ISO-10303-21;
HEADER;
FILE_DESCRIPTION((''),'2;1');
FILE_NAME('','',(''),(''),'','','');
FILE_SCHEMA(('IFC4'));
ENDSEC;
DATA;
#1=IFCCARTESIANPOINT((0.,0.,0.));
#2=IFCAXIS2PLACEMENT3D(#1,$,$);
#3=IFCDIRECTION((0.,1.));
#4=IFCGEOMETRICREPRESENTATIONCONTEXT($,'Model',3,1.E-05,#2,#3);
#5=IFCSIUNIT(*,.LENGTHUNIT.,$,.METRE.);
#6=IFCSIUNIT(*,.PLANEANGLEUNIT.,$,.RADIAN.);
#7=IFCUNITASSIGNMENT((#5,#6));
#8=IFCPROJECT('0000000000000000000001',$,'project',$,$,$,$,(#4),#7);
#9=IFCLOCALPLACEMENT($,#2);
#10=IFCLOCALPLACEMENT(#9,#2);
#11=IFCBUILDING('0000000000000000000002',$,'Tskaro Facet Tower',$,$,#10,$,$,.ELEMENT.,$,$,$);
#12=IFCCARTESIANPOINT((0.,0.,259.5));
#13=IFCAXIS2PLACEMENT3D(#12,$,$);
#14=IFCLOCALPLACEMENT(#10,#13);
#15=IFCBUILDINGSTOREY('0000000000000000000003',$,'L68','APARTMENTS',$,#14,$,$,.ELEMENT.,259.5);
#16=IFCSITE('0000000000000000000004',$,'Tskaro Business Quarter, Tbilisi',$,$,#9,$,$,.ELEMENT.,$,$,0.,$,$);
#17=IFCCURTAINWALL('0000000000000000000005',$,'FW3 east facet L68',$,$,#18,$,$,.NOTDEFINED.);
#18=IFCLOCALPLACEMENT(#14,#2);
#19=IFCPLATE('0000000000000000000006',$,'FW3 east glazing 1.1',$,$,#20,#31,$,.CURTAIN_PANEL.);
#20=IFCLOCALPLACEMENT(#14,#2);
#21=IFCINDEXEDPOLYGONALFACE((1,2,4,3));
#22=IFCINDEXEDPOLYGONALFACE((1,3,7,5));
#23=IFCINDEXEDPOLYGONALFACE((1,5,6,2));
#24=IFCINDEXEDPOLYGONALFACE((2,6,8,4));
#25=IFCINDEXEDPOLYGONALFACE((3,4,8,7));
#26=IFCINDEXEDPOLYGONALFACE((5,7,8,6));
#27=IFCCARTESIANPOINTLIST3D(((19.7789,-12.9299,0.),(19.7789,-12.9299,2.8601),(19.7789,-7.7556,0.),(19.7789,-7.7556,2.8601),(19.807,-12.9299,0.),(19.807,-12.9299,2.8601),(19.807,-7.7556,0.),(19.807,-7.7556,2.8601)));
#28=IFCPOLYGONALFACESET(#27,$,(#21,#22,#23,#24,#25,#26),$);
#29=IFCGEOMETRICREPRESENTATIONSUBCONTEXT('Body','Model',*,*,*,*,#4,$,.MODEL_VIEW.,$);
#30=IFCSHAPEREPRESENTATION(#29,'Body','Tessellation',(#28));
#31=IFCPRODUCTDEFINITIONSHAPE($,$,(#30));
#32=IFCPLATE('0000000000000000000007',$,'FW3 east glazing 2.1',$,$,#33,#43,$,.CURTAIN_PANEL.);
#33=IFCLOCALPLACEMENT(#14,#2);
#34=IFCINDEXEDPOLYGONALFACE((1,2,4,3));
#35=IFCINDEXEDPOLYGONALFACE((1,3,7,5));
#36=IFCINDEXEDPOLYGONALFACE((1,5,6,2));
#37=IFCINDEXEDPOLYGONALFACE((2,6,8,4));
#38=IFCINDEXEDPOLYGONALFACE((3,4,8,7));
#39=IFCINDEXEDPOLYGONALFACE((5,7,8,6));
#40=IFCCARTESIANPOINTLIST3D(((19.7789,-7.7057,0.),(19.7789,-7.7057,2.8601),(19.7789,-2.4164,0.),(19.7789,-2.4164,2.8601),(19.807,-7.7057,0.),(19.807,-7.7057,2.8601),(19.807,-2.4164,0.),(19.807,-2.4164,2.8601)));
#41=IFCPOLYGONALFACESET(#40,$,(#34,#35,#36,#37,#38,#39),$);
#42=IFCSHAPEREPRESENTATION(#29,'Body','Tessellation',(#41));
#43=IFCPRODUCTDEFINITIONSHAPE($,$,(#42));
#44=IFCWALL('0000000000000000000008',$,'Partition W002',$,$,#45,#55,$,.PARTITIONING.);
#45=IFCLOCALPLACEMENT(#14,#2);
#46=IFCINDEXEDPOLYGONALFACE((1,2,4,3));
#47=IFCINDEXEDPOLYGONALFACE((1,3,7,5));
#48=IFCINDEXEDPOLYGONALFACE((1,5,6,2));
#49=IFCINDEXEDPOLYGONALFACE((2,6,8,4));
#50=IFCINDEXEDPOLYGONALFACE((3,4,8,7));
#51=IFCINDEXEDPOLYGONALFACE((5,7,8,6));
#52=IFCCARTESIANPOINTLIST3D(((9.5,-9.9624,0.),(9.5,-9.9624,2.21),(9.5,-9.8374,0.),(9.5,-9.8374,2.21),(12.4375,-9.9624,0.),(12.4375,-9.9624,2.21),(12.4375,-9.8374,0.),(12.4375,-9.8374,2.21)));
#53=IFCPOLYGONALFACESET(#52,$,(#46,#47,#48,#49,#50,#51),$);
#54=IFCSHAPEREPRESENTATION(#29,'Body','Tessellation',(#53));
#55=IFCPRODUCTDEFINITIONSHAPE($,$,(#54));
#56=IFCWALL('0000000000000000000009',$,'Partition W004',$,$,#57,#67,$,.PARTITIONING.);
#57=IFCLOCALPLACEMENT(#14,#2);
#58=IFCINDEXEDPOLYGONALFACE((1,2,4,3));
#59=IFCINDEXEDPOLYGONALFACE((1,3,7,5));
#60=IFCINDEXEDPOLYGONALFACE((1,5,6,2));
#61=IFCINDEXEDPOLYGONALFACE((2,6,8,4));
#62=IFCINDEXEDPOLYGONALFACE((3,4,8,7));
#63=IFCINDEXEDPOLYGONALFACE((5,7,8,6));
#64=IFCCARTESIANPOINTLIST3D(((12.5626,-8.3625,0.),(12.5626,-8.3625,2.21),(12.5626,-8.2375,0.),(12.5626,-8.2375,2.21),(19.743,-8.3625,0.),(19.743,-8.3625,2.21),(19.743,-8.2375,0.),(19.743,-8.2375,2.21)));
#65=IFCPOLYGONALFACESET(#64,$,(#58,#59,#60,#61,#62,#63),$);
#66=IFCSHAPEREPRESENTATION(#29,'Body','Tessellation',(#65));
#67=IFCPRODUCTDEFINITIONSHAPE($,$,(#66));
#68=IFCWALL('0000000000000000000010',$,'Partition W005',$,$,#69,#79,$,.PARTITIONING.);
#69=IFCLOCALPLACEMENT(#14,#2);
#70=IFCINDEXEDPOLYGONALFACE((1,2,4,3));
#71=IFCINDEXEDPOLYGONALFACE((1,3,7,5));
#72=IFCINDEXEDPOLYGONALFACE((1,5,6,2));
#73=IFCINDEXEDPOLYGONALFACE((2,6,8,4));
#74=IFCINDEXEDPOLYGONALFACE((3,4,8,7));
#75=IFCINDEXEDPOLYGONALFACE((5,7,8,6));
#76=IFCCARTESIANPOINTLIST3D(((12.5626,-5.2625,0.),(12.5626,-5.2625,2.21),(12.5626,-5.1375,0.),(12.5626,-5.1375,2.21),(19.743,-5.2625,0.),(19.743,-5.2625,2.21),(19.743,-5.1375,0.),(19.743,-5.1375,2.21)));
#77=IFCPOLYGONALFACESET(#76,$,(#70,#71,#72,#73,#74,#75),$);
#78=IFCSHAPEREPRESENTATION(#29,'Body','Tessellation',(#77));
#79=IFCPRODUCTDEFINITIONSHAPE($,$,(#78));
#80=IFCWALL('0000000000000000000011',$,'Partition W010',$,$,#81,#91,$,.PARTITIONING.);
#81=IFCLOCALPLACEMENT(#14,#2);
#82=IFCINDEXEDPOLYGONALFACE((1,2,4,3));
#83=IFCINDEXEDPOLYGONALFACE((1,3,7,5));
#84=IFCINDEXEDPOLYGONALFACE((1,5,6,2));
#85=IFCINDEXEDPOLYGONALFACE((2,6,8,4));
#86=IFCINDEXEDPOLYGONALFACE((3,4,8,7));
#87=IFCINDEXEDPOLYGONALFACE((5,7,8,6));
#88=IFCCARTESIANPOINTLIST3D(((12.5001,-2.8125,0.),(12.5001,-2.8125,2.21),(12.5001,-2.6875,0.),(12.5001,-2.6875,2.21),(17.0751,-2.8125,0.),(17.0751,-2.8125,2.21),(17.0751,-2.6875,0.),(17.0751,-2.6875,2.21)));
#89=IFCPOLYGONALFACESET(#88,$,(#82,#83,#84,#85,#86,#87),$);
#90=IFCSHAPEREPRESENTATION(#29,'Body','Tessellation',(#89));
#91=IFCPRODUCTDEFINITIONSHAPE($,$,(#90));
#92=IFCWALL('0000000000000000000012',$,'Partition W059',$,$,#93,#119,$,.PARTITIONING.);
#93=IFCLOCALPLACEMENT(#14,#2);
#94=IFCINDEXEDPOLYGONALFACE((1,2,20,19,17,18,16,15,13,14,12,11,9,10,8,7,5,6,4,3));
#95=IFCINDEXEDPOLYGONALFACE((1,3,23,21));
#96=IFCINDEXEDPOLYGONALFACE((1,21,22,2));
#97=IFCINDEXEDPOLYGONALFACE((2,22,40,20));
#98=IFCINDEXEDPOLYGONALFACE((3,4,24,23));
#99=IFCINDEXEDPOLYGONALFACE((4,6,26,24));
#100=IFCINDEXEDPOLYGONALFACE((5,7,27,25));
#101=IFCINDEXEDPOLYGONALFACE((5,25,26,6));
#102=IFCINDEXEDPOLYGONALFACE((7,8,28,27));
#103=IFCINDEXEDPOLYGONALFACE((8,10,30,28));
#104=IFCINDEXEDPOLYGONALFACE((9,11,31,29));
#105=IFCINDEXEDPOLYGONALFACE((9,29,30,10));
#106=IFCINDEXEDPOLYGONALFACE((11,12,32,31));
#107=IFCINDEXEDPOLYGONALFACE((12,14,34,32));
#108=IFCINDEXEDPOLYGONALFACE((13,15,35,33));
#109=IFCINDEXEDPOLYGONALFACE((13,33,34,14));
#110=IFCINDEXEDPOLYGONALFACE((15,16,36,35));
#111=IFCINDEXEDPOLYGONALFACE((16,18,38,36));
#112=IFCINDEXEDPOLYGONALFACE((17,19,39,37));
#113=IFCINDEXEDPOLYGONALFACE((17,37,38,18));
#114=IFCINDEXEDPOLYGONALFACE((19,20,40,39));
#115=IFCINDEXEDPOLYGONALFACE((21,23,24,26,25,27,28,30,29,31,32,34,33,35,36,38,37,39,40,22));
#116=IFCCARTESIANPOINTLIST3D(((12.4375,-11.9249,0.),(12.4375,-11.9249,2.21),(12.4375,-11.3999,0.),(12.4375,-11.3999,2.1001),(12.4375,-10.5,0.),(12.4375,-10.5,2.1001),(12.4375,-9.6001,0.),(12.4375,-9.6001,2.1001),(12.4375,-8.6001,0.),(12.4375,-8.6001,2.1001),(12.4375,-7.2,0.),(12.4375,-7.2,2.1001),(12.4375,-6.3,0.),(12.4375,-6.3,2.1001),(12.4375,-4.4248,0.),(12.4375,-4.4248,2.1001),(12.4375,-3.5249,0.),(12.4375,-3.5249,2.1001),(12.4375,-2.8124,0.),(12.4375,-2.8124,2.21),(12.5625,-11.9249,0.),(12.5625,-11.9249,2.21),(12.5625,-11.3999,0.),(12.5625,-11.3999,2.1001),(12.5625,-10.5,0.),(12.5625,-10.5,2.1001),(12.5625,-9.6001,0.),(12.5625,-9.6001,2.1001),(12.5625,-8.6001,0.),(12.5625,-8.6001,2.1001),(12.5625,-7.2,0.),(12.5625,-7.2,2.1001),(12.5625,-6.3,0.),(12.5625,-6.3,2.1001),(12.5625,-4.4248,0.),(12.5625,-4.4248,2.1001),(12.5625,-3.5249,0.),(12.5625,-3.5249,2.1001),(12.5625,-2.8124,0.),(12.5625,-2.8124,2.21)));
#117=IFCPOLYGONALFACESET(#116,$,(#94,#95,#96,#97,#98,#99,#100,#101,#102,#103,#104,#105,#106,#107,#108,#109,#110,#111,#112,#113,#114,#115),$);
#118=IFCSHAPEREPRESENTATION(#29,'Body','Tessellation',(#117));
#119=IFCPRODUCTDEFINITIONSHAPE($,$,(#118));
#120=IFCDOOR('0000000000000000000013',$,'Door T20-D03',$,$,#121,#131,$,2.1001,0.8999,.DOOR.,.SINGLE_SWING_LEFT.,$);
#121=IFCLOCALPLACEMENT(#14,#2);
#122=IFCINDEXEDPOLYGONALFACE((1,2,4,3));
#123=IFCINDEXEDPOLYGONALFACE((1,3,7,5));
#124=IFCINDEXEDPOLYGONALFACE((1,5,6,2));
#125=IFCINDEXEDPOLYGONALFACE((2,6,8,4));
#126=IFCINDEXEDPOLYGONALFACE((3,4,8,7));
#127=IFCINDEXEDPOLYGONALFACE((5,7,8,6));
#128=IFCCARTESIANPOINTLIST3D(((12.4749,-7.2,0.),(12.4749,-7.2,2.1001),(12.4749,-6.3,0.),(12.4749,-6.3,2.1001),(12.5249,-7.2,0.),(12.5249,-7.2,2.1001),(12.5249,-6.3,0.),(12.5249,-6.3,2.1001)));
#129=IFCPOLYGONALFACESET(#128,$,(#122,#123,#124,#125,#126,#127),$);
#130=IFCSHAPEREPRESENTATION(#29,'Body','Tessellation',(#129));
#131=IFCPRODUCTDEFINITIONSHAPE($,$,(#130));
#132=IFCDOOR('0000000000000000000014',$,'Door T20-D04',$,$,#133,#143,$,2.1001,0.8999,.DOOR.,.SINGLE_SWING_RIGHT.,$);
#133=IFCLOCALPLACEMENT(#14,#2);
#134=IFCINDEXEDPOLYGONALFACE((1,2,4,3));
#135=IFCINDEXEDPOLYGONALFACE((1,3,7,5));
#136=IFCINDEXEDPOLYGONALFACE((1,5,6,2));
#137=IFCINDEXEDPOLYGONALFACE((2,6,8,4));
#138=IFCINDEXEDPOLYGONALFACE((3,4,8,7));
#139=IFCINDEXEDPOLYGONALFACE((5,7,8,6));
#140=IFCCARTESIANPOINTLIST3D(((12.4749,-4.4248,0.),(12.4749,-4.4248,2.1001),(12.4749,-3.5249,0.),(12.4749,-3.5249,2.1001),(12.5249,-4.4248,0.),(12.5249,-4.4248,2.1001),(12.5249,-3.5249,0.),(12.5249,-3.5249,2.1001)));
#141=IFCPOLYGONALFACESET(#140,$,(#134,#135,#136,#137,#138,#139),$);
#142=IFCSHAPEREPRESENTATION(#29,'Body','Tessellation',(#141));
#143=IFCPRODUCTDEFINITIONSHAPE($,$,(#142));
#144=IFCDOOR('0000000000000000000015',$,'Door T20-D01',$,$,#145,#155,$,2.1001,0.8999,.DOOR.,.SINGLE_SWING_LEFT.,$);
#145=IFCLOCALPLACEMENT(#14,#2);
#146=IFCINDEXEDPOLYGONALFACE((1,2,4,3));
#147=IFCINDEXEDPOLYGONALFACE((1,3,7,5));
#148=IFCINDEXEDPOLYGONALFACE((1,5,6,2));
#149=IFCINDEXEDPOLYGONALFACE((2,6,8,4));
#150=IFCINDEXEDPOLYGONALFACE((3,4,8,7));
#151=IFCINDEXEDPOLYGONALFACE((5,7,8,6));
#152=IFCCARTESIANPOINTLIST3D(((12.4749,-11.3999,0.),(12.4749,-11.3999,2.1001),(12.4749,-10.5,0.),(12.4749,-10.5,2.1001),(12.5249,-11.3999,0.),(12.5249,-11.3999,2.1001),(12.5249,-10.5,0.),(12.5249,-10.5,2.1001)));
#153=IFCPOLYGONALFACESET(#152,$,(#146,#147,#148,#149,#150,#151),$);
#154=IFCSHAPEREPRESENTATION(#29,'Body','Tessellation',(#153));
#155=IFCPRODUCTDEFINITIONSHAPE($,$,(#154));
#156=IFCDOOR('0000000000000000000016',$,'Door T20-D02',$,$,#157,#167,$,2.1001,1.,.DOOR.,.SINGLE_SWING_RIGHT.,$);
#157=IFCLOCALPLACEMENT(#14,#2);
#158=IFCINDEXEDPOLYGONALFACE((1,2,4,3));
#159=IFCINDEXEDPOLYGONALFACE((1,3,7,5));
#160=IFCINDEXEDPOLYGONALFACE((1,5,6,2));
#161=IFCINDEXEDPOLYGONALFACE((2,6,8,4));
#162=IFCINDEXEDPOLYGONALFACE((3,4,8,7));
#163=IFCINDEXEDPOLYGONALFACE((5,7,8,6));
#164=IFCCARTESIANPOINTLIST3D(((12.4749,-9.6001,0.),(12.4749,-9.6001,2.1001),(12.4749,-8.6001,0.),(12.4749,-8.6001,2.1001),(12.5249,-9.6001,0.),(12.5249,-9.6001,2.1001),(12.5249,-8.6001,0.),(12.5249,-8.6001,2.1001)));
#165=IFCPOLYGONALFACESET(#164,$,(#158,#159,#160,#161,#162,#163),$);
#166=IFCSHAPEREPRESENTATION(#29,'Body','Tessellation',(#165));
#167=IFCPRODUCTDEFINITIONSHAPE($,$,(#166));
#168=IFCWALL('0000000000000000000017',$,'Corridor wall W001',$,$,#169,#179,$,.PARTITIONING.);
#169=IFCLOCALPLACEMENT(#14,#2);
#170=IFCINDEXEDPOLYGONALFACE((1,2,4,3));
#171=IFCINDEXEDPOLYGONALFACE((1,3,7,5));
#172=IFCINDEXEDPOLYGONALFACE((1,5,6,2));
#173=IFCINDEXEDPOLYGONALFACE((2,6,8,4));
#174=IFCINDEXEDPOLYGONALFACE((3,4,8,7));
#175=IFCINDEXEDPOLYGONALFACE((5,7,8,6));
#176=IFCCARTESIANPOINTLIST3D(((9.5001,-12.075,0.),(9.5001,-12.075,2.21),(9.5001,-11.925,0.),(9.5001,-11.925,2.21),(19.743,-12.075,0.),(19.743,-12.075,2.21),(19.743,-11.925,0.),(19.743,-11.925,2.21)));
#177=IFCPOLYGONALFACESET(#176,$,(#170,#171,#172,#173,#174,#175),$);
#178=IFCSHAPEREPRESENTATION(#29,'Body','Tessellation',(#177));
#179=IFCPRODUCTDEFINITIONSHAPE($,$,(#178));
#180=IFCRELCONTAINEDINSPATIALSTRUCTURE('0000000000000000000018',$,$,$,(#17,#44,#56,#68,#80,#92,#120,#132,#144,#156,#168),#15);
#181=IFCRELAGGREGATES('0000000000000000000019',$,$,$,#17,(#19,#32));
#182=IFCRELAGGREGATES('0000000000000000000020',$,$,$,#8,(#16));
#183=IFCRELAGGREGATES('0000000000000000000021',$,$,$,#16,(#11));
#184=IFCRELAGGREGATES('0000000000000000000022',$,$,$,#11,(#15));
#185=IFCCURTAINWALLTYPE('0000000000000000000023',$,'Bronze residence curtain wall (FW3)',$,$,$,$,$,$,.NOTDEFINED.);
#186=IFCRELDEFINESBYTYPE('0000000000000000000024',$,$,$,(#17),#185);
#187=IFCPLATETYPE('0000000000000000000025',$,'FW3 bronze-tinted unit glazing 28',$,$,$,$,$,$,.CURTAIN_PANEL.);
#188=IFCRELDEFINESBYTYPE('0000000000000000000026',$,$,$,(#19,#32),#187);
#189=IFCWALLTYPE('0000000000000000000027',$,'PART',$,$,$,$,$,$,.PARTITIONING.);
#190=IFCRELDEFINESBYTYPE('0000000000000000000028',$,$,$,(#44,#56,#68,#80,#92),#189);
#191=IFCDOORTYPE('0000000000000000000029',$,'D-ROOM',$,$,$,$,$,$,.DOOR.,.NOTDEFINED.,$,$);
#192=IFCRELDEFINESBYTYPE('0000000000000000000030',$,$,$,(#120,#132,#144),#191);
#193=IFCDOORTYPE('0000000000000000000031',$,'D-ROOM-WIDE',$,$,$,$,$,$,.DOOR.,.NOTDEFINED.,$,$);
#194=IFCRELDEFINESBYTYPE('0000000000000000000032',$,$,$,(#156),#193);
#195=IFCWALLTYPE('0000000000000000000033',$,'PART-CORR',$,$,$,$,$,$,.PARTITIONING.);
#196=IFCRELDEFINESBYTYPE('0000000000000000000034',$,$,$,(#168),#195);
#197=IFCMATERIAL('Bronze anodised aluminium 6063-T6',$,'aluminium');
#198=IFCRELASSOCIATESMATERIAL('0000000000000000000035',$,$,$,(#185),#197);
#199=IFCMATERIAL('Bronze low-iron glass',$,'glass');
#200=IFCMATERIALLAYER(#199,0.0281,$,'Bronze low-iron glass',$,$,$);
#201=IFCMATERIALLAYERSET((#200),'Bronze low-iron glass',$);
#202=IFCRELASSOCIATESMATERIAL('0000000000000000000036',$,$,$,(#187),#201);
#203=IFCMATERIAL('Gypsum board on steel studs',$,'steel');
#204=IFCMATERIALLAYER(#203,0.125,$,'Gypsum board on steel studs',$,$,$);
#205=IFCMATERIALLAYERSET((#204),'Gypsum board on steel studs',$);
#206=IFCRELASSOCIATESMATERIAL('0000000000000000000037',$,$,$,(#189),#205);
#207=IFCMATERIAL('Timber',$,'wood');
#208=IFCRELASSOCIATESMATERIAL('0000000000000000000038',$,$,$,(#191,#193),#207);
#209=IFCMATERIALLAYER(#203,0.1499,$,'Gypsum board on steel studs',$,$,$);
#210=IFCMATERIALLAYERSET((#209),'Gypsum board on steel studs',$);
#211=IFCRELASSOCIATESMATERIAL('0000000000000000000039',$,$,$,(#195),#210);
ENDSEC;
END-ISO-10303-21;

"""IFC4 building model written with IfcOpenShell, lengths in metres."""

from ifc_helpers import new_model, si_unit, direction, frame, frame_2d, origin, origin_2d, place, context, subcontext, project, spatial, rectangle, extrude, material, layer, layer_set, type_object, element, fill, aggregate, save


model = new_model("IFC4")

# Units and contexts
model_context = context("Model", 3, precision=1e-05, world=origin(), true_north=direction((0.0, 1.0)))
body_context = subcontext(model_context, "Body", "Model", "MODEL_VIEW")
ifc_project = project(units=[si_unit("LENGTHUNIT", "METRE"), si_unit("PLANEANGLEUNIT", "RADIAN")], contexts=[model_context])

# Site, building, storey
site_placement = place(None, origin())
site = spatial("IfcSite", under=ifc_project, at=site_placement, Name="Tskaro Business Quarter, Tbilisi", CompositionType="ELEMENT", RefElevation=0.0)
building_placement = place(site_placement, origin())
building = spatial("IfcBuilding", under=site, at=building_placement, Name="Tskaro Facet Tower", CompositionType="ELEMENT")
storey_placement = place(building_placement, frame((0.0, 0.0, 259.5)))
storey = spatial("IfcBuildingStorey", under=building, at=storey_placement, Name="L68", Description="APARTMENTS", CompositionType="ELEMENT", Elevation=259.5)

# Curtain wall
ifc_material_1 = material(Name="Bronze anodised aluminium 6063-T6", Category="aluminium")
curtain_wall_type = type_object("IfcCurtainWallType", Name="Bronze residence curtain wall (FW3)", PredefinedType="NOTDEFINED", material=ifc_material_1)
curtain_wall_1_placement = place(storey_placement, origin())
curtain_wall_1 = element("IfcCurtainWall", 1, at=curtain_wall_1_placement, inside=storey, type_object=curtain_wall_type, Name="FW3 east facet L68", PredefinedType="NOTDEFINED")

# Plates
ifc_material_2 = material(Name="Bronze low-iron glass", Category="glass")
ifc_layer_1 = layer(ifc_material_2, 0.0281, Name="Bronze low-iron glass")
ifc_layer_set_1 = layer_set([ifc_layer_1], Name="Bronze low-iron glass")
plate_type = type_object("IfcPlateType", Name="FW3 bronze-tinted unit glazing 28", PredefinedType="CURTAIN_PANEL", material=ifc_layer_set_1)
plate_1_placement = place(storey_placement, frame((19.793, -10.3428, 0.0), z_axis=(0.0, 0.0, 1.0), x_axis=(0.0, 1.0, 0.0)))
plate_1 = element("IfcPlate", 2, at=plate_1_placement, type_object=plate_type, Name="FW3 east glazing 1.1", PredefinedType="CURTAIN_PANEL", context=body_context, shape_type="SweptSolid", body=[
    extrude(rectangle(XDim=5.1743, YDim=0.0281, at=origin_2d()), origin(), (0.0, 0.0, 1.0), 2.8601),
])
plate_2_placement = place(storey_placement, frame((19.793, -5.061, 0.0), z_axis=(0.0, 0.0, 1.0), x_axis=(0.0, 1.0, 0.0)))
plate_2 = element("IfcPlate", 3, at=plate_2_placement, type_object=plate_type, Name="FW3 east glazing 2.1", PredefinedType="CURTAIN_PANEL", context=body_context, shape_type="SweptSolid", body=[
    extrude(rectangle(XDim=5.2893, YDim=0.0281, at=origin_2d()), origin(), (0.0, 0.0, 1.0), 2.8601),
])
aggregate(curtain_wall_1, [plate_1, plate_2])

# Walls
ifc_material_3 = material(Name="Gypsum board on steel studs", Category="steel")
ifc_layer_2 = layer(ifc_material_3, 0.125, Name="Gypsum board on steel studs")
ifc_layer_set_2 = layer_set([ifc_layer_2], Name="Gypsum board on steel studs")
wall_type_1 = type_object("IfcWallType", Name="PART", PredefinedType="PARTITIONING", material=ifc_layer_set_2)
wall_1_placement = place(storey_placement, frame((9.5, -9.8999, 0.0), z_axis=(0.0, 0.0, 1.0), x_axis=(1.0, 0.0, 0.0)))
element("IfcWall", 4, at=wall_1_placement, inside=storey, type_object=wall_type_1, Name="Partition W002", PredefinedType="PARTITIONING", context=body_context, shape_type="SweptSolid", body=[
    extrude(rectangle(XDim=2.9375, YDim=0.125, at=frame_2d((1.4688, 0.0))), origin(), (0.0, 0.0, 1.0), 2.21),
])
for number, where, z_axis, x_axis, name in (
    (5, (12.5625, -8.3, 0.0), (0.0, 0.0, 1.0), (1.0, 0.0, 0.0), "Partition W004"),
    (6, (12.5625, -5.2, 0.0), (0.0, 0.0, 1.0), (1.0, 0.0, 0.0), "Partition W005"),
):
    element("IfcWall", number, at=place(storey_placement, frame(where, z_axis=z_axis, x_axis=x_axis)), inside=storey, type_object=wall_type_1, Name=name, PredefinedType="PARTITIONING", context=body_context, shape_type="SweptSolid", body=[
        extrude(rectangle(XDim=7.1804, YDim=0.125, at=frame_2d((3.5903, 0.0))), origin(), (0.0, 0.0, 1.0), 2.21),
    ])
wall_2_placement = place(storey_placement, frame((12.5, -2.75, 0.0), z_axis=(0.0, 0.0, 1.0), x_axis=(1.0, 0.0, 0.0)))
element("IfcWall", 7, at=wall_2_placement, inside=storey, type_object=wall_type_1, Name="Partition W010", PredefinedType="PARTITIONING", context=body_context, shape_type="SweptSolid", body=[
    extrude(rectangle(XDim=4.575, YDim=0.125, at=frame_2d((2.2876, 0.0))), origin(), (0.0, 0.0, 1.0), 2.21),
])

# Wall, openings, doors
wall_3_placement = place(storey_placement, frame((12.5, -2.8125, 0.0), z_axis=(0.0, 0.0, 1.0), x_axis=(0.0, -1.0, 0.0)))
wall_3 = element("IfcWall", 8, at=wall_3_placement, inside=storey, type_object=wall_type_1, Name="Partition W059", PredefinedType="PARTITIONING", context=body_context, shape_type="SweptSolid", body=[
    extrude(rectangle(XDim=9.1125, YDim=0.125, at=frame_2d((4.5562, 0.0))), origin(), (0.0, 0.0, 1.0), 2.21),
])
opening_1_placement = place(wall_3_placement, frame((3.4875, 0.0, 0.0)))
opening_1 = element("IfcOpeningElement", 9, at=opening_1_placement, cuts=wall_3, PredefinedType="OPENING", context=body_context, shape_type="SweptSolid", body=[
    extrude(rectangle(XDim=0.8999, YDim=2.1001, at=frame_2d((0.45, 1.05))), frame((0.0, 0.0725, 0.0), z_axis=(0.0, -1.0, 0.0), x_axis=(1.0, 0.0, 0.0)), (0.0, 0.0, 1.0), 0.145),
])
opening_2_placement = place(wall_3_placement, frame((0.7124, 0.0, 0.0)))
opening_2 = element("IfcOpeningElement", 10, at=opening_2_placement, cuts=wall_3, PredefinedType="OPENING", context=body_context, shape_type="SweptSolid", body=[
    extrude(rectangle(XDim=0.8999, YDim=2.1001, at=frame_2d((0.45, 1.05))), frame((0.0, 0.0725, 0.0), z_axis=(0.0, -1.0, 0.0), x_axis=(1.0, 0.0, 0.0)), (0.0, 0.0, 1.0), 0.145),
])
opening_3_placement = place(wall_3_placement, frame((5.7876, 0.0, 0.0)))
opening_3 = element("IfcOpeningElement", 11, at=opening_3_placement, cuts=wall_3, PredefinedType="OPENING", context=body_context, shape_type="SweptSolid", body=[
    extrude(rectangle(XDim=1.0, YDim=2.1001, at=frame_2d((0.5, 1.05))), frame((0.0, 0.0725, 0.0), z_axis=(0.0, -1.0, 0.0), x_axis=(1.0, 0.0, 0.0)), (0.0, 0.0, 1.0), 0.145),
])
opening_4_placement = place(wall_3_placement, frame((7.6875, 0.0, 0.0)))
opening_4 = element("IfcOpeningElement", 12, at=opening_4_placement, cuts=wall_3, PredefinedType="OPENING", context=body_context, shape_type="SweptSolid", body=[
    extrude(rectangle(XDim=0.8999, YDim=2.1001, at=frame_2d((0.45, 1.05))), frame((0.0, 0.0725, 0.0), z_axis=(0.0, -1.0, 0.0), x_axis=(1.0, 0.0, 0.0)), (0.0, 0.0, 1.0), 0.145),
])
ifc_material_4 = material(Name="Timber", Category="wood")
door_type_1 = type_object("IfcDoorType", Name="D-ROOM", OperationType="NOTDEFINED", PredefinedType="DOOR", material=ifc_material_4)
door_1_placement = place(opening_1_placement, origin())
door_1 = element("IfcDoor", 13, at=door_1_placement, inside=storey, type_object=door_type_1, Name="Door T20-D03", OperationType="SINGLE_SWING_LEFT", OverallHeight=2.1001, OverallWidth=0.8999, PredefinedType="DOOR", context=body_context, shape_type="SweptSolid", body=[
    extrude(rectangle(XDim=0.8999, YDim=2.1001, at=frame_2d((0.45, 1.05))), frame((0.0, 0.0249, 0.0), z_axis=(0.0, -1.0, 0.0), x_axis=(1.0, 0.0, 0.0)), (0.0, 0.0, 1.0), 0.05),
])
fill(opening_1, door_1)
door_2_placement = place(opening_2_placement, origin())
door_2 = element("IfcDoor", 14, at=door_2_placement, inside=storey, type_object=door_type_1, Name="Door T20-D04", OperationType="SINGLE_SWING_RIGHT", OverallHeight=2.1001, OverallWidth=0.8999, PredefinedType="DOOR", context=body_context, shape_type="SweptSolid", body=[
    extrude(rectangle(XDim=0.8999, YDim=2.1001, at=frame_2d((0.45, 1.05))), frame((0.0, 0.0249, 0.0), z_axis=(0.0, -1.0, 0.0), x_axis=(1.0, 0.0, 0.0)), (0.0, 0.0, 1.0), 0.05),
])
fill(opening_2, door_2)
door_3_placement = place(opening_4_placement, origin())
door_3 = element("IfcDoor", 15, at=door_3_placement, inside=storey, type_object=door_type_1, Name="Door T20-D01", OperationType="SINGLE_SWING_LEFT", OverallHeight=2.1001, OverallWidth=0.8999, PredefinedType="DOOR", context=body_context, shape_type="SweptSolid", body=[
    extrude(rectangle(XDim=0.8999, YDim=2.1001, at=frame_2d((0.45, 1.05))), frame((0.0, 0.0249, 0.0), z_axis=(0.0, -1.0, 0.0), x_axis=(1.0, 0.0, 0.0)), (0.0, 0.0, 1.0), 0.05),
])
fill(opening_4, door_3)
door_type_2 = type_object("IfcDoorType", Name="D-ROOM-WIDE", OperationType="NOTDEFINED", PredefinedType="DOOR", material=ifc_material_4)
door_4_placement = place(opening_3_placement, origin())
door_4 = element("IfcDoor", 16, at=door_4_placement, inside=storey, type_object=door_type_2, Name="Door T20-D02", OperationType="SINGLE_SWING_RIGHT", OverallHeight=2.1001, OverallWidth=1.0, PredefinedType="DOOR", context=body_context, shape_type="SweptSolid", body=[
    extrude(rectangle(XDim=1.0, YDim=2.1001, at=frame_2d((0.5, 1.05))), frame((0.0, 0.0249, 0.0), z_axis=(0.0, -1.0, 0.0), x_axis=(1.0, 0.0, 0.0)), (0.0, 0.0, 1.0), 0.05),
])
fill(opening_3, door_4)

# Wall
ifc_layer_3 = layer(ifc_material_3, 0.1499, Name="Gypsum board on steel studs")
ifc_layer_set_3 = layer_set([ifc_layer_3], Name="Gypsum board on steel studs")
wall_type_2 = type_object("IfcWallType", Name="PART-CORR", PredefinedType="PARTITIONING", material=ifc_layer_set_3)
wall_4_placement = place(storey_placement, frame((9.5, -12.0, 0.0), z_axis=(0.0, 0.0, 1.0), x_axis=(1.0, 0.0, 0.0)))
element("IfcWall", 17, at=wall_4_placement, inside=storey, type_object=wall_type_2, Name="Corridor wall W001", PredefinedType="PARTITIONING", context=body_context, shape_type="SweptSolid", body=[
    extrude(rectangle(XDim=10.2429, YDim=0.1499, at=frame_2d((5.1216, 0.0))), origin(), (0.0, 0.0, 1.0), 2.21),
])

save(model, "model.ifc")
